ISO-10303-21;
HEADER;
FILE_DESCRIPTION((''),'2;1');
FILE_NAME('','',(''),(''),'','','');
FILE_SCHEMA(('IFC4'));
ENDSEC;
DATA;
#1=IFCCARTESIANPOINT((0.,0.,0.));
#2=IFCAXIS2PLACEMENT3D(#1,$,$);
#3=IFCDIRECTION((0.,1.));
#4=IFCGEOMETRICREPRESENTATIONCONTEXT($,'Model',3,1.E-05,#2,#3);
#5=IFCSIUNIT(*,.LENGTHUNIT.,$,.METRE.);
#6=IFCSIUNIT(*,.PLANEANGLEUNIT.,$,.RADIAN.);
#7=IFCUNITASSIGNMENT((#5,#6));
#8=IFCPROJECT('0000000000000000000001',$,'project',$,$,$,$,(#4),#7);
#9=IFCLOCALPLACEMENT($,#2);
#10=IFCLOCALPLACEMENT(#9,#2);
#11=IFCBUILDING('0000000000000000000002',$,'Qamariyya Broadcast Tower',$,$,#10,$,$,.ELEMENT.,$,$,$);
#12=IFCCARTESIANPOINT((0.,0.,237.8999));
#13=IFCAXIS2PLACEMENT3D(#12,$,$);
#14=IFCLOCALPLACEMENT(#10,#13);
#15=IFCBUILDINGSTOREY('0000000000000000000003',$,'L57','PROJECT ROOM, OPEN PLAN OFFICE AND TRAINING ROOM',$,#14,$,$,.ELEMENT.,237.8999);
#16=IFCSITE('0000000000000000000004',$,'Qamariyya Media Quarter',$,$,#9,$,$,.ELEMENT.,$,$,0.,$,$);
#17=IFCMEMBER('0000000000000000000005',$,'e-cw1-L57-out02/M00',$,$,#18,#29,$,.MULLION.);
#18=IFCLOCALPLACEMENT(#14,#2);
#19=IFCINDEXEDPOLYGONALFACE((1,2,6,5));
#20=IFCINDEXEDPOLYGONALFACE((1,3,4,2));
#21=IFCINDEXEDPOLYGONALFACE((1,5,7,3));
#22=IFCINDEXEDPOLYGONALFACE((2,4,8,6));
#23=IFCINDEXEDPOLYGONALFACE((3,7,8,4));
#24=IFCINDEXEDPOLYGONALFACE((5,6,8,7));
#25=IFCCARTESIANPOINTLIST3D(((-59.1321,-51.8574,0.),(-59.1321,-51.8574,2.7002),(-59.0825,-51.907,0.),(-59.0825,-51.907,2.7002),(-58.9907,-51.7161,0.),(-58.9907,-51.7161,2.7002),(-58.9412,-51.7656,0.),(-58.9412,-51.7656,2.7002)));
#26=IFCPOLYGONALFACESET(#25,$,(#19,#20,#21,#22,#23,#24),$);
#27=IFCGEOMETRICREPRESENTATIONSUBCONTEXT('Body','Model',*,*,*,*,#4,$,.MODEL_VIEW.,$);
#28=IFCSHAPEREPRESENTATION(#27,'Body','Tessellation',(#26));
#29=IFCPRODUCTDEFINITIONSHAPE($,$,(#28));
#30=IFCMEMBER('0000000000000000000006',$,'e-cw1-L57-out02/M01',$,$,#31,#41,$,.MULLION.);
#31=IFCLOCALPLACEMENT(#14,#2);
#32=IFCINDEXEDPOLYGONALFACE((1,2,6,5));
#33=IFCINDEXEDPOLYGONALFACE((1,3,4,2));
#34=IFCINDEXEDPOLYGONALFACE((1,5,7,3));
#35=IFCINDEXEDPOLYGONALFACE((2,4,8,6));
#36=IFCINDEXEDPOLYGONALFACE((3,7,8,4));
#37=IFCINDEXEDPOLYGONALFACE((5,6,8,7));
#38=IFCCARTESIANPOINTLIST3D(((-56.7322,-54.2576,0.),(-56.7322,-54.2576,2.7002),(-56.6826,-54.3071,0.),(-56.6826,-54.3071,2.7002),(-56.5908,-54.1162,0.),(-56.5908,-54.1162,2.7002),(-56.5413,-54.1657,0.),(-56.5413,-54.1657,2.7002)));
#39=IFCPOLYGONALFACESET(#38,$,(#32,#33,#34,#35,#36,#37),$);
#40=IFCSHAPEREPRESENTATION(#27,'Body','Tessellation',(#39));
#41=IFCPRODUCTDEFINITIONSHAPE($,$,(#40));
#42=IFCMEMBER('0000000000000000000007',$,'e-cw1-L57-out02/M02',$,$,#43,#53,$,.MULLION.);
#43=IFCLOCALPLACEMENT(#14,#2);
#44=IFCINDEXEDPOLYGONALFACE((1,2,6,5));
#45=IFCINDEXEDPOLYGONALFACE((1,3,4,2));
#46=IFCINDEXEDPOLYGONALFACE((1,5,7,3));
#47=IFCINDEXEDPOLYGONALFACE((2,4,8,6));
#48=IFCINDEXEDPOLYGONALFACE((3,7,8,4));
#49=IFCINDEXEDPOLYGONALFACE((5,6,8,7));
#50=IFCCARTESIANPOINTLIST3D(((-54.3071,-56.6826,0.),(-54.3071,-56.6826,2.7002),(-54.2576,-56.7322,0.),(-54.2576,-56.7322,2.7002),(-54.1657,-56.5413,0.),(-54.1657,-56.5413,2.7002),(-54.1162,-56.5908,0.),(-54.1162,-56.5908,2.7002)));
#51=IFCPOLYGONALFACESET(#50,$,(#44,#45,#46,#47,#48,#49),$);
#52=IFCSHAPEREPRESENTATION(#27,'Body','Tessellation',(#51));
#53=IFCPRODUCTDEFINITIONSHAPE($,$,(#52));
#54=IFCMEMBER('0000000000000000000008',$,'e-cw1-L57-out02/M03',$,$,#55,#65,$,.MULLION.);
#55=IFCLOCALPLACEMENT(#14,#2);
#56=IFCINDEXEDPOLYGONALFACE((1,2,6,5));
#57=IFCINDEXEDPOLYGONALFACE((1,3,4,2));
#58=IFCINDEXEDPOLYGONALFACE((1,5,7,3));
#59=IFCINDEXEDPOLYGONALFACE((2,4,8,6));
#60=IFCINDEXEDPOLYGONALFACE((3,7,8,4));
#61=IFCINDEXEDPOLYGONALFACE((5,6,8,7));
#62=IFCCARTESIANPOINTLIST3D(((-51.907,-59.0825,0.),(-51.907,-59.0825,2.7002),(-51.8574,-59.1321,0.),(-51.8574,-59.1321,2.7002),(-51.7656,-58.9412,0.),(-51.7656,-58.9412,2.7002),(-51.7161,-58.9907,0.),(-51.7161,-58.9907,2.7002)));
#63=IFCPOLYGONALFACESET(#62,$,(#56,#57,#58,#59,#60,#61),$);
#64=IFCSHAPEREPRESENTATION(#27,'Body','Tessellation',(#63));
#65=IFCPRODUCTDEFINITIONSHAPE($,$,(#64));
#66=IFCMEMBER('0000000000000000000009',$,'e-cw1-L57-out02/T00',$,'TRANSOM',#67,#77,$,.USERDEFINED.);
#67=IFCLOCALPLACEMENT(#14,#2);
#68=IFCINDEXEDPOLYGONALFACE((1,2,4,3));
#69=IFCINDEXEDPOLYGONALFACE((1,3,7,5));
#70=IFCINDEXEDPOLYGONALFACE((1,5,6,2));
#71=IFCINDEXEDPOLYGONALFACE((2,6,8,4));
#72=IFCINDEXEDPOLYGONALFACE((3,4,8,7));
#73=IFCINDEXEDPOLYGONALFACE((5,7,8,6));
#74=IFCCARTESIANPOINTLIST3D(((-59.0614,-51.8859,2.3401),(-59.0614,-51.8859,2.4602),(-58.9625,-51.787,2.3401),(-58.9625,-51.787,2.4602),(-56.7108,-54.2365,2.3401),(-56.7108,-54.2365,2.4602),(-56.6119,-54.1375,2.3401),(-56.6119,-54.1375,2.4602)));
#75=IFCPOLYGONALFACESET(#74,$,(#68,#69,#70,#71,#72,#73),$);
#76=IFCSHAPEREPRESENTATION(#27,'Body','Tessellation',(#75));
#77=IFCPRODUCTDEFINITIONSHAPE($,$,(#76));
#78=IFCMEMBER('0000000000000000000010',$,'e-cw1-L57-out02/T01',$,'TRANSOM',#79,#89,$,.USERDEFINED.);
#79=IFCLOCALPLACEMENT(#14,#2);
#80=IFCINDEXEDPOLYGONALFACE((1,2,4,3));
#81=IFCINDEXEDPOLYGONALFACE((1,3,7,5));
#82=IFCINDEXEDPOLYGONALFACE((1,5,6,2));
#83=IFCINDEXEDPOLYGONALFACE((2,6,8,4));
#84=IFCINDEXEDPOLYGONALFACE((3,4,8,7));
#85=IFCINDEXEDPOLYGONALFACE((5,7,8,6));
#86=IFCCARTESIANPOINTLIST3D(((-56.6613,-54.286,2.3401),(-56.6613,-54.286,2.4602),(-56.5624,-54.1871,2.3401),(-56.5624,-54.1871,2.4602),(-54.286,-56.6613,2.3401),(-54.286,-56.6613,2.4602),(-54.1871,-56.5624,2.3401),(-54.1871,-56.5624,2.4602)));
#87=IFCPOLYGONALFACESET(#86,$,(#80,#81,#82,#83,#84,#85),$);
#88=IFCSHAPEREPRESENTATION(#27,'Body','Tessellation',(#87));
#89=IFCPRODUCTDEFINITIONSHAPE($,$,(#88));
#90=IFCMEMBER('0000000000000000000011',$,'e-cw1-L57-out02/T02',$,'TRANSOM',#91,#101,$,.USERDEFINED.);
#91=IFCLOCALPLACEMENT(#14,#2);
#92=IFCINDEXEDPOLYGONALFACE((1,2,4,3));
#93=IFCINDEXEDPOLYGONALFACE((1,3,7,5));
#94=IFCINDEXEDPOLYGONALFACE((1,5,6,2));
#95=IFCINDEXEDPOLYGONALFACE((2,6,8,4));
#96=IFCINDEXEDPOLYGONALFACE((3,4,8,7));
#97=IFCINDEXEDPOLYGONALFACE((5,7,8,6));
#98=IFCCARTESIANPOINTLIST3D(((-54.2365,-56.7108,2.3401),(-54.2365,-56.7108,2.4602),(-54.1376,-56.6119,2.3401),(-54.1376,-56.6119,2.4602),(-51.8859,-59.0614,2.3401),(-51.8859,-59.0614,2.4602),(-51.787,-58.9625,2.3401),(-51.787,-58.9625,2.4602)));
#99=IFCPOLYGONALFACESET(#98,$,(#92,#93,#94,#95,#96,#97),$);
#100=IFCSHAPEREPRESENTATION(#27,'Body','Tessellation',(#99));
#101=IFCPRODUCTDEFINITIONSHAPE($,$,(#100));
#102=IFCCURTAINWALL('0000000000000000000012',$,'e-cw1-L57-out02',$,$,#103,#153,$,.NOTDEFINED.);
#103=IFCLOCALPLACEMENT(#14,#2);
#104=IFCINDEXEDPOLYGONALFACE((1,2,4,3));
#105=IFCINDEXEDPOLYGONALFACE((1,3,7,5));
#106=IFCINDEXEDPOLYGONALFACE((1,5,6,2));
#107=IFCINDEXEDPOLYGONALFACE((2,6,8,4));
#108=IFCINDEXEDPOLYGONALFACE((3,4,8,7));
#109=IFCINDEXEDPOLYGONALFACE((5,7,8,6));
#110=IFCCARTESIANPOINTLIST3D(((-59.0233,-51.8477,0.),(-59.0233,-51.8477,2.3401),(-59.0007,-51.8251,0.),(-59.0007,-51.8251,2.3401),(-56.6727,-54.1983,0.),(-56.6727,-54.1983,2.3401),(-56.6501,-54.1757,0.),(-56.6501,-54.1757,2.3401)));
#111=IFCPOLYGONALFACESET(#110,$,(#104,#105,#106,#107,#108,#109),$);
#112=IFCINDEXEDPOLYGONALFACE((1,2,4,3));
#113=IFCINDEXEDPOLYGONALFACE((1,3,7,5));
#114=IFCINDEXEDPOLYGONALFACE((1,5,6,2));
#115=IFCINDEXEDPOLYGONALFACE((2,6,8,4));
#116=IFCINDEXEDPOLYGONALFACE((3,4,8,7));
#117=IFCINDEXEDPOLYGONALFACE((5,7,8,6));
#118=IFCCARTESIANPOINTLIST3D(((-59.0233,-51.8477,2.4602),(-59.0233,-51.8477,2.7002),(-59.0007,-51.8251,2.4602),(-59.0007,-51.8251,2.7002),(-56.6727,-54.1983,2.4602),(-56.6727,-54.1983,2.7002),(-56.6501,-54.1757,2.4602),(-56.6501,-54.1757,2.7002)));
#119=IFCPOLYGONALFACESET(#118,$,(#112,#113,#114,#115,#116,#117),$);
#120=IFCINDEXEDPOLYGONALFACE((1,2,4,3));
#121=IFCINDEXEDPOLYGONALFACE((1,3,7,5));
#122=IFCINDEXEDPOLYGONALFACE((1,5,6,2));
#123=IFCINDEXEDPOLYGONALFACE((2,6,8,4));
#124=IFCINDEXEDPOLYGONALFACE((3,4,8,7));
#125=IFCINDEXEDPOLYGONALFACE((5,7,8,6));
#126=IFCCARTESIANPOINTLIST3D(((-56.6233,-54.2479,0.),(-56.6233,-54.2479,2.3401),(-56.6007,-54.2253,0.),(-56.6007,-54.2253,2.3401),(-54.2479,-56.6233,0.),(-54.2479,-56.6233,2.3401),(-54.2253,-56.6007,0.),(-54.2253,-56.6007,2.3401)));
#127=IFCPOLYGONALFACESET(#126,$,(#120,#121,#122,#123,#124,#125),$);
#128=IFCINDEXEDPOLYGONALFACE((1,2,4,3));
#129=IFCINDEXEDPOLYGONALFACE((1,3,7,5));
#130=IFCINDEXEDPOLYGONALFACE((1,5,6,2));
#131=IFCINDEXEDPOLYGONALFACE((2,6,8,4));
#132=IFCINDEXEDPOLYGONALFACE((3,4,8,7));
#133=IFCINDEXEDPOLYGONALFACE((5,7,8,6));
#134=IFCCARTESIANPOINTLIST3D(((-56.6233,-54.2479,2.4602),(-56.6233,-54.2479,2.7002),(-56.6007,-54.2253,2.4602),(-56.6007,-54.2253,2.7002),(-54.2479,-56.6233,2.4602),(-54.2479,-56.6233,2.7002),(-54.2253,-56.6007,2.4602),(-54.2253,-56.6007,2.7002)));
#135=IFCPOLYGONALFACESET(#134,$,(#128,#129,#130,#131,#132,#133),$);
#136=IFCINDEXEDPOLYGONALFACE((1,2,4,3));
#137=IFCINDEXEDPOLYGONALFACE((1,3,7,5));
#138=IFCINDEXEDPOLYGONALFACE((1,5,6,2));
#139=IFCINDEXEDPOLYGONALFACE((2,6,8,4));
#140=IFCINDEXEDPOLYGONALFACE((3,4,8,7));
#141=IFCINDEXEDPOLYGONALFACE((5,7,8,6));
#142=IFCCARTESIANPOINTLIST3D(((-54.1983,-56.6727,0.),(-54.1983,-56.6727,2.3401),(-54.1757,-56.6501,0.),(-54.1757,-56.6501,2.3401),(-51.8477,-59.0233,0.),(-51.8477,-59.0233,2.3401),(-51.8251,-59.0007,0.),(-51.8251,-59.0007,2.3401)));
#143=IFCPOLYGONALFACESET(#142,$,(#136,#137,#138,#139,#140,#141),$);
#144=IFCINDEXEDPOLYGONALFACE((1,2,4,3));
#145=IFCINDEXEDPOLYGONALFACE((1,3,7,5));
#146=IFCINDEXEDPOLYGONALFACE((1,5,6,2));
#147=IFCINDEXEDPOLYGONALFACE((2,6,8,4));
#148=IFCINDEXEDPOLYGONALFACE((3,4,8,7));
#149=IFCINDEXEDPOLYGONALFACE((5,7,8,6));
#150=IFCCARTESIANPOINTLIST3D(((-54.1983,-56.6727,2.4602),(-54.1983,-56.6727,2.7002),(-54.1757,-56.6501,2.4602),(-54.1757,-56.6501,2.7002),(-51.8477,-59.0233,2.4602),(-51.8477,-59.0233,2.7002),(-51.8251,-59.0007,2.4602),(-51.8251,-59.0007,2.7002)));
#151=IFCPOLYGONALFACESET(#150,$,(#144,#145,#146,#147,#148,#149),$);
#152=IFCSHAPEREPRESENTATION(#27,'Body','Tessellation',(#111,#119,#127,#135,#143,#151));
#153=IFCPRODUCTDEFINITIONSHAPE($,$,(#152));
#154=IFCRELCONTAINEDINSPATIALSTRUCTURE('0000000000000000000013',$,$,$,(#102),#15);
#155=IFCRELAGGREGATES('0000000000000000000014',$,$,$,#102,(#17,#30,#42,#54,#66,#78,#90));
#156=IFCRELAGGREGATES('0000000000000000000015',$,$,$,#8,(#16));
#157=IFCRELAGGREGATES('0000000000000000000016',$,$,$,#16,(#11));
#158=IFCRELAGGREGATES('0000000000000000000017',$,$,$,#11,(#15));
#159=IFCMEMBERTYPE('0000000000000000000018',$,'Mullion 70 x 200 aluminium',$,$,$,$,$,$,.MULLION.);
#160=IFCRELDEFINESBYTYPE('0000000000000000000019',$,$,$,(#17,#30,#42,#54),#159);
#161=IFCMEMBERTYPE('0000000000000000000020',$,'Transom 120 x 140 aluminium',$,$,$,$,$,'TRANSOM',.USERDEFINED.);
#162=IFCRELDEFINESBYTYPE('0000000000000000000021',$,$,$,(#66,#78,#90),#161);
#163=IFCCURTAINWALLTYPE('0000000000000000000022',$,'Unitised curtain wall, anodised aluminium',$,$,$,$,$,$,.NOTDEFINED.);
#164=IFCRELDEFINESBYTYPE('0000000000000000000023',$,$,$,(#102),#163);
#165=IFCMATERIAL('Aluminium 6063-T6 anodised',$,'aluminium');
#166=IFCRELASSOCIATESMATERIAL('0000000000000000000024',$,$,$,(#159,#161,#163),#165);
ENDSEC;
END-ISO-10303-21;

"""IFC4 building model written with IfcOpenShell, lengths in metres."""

from ifc_helpers import new_model, si_unit, direction, frame, origin, origin_2d, place, context, subcontext, project, spatial, rectangle, extrude, material, material_profile, profile_set, type_object, element, aggregate, save


model = new_model("IFC4")

# Units and contexts
model_context = context("Model", 3, precision=1e-05, world=origin(), true_north=direction((0.0, 1.0)))
body_context = subcontext(model_context, "Body", "Model", "MODEL_VIEW")
ifc_project = project(units=[si_unit("LENGTHUNIT", "METRE"), si_unit("PLANEANGLEUNIT", "RADIAN")], contexts=[model_context])

# Members
ifc_material = material(Name="Aluminium 6063-T6 anodised", Category="aluminium")
ifc_material_profile_1 = material_profile(ifc_material, rectangle(XDim=0.2, YDim=0.0701, at=origin_2d()))
ifc_profile_set_1 = profile_set([ifc_material_profile_1], Name="Aluminium 6063-T6 anodised")
member_type_1 = type_object("IfcMemberType", Name="Mullion 70 x 200 aluminium", PredefinedType="MULLION", material=ifc_profile_set_1)
site_placement = place(None, origin())
building_placement = place(site_placement, origin())
storey_placement = place(building_placement, frame((0.0, 0.0, 237.8999)))
member_1_placement = place(storey_placement, frame((-59.0366, -51.8115, 0.0), z_axis=(0.0, 0.0, 1.0), x_axis=(0.707107, 0.707107, 0.0)))
member_1 = element("IfcMember", 1, at=member_1_placement, type_object=member_type_1, Name="e-cw1-L57-out02/M00", PredefinedType="MULLION", context=body_context, shape_type="SweptSolid", body=[
    extrude(rectangle(XDim=0.2, YDim=0.0701, at=origin_2d()), origin(), (0.0, 0.0, 1.0), 2.7002),
])
member_2_placement = place(storey_placement, frame((-56.6367, -54.2117, 0.0), z_axis=(0.0, 0.0, 1.0), x_axis=(0.707107, 0.707107, 0.0)))
member_2 = element("IfcMember", 2, at=member_2_placement, type_object=member_type_1, Name="e-cw1-L57-out02/M01", PredefinedType="MULLION", context=body_context, shape_type="SweptSolid", body=[
    extrude(rectangle(XDim=0.2, YDim=0.0701, at=origin_2d()), origin(), (0.0, 0.0, 1.0), 2.7002),
])
member_3_placement = place(storey_placement, frame((-54.2117, -56.6367, 0.0), z_axis=(0.0, 0.0, 1.0), x_axis=(0.707107, 0.707107, 0.0)))
member_3 = element("IfcMember", 3, at=member_3_placement, type_object=member_type_1, Name="e-cw1-L57-out02/M02", PredefinedType="MULLION", context=body_context, shape_type="SweptSolid", body=[
    extrude(rectangle(XDim=0.2, YDim=0.0701, at=origin_2d()), origin(), (0.0, 0.0, 1.0), 2.7002),
])
member_4_placement = place(storey_placement, frame((-51.8115, -59.0366, 0.0), z_axis=(0.0, 0.0, 1.0), x_axis=(0.707107, 0.707107, 0.0)))
member_4 = element("IfcMember", 4, at=member_4_placement, type_object=member_type_1, Name="e-cw1-L57-out02/M03", PredefinedType="MULLION", context=body_context, shape_type="SweptSolid", body=[
    extrude(rectangle(XDim=0.2, YDim=0.0701, at=origin_2d()), origin(), (0.0, 0.0, 1.0), 2.7002),
])
ifc_material_profile_2 = material_profile(ifc_material, rectangle(XDim=0.1399, YDim=0.1201, at=origin_2d()))
ifc_profile_set_2 = profile_set([ifc_material_profile_2], Name="Aluminium 6063-T6 anodised")
member_type_2 = type_object("IfcMemberType", Name="Transom 120 x 140 aluminium", ElementType="TRANSOM", PredefinedType="USERDEFINED", material=ifc_profile_set_2)
member_5_placement = place(storey_placement, frame((-59.012, -51.8364, 2.4001), z_axis=(0.707107, -0.707107, 0.0), x_axis=(0.707107, 0.707107, 0.0)))
member_5 = element("IfcMember", 5, at=member_5_placement, type_object=member_type_2, Name="e-cw1-L57-out02/T00", ObjectType="TRANSOM", PredefinedType="USERDEFINED", context=body_context, shape_type="SweptSolid", body=[
    extrude(rectangle(XDim=0.1399, YDim=0.1201, at=origin_2d()), origin(), (0.0, 0.0, 1.0), 3.3242),
])
member_6_placement = place(storey_placement, frame((-56.6118, -54.2366, 2.4001), z_axis=(0.707107, -0.707107, 0.0), x_axis=(0.707107, 0.707107, 0.0)))
member_6 = element("IfcMember", 6, at=member_6_placement, type_object=member_type_2, Name="e-cw1-L57-out02/T01", ObjectType="TRANSOM", PredefinedType="USERDEFINED", context=body_context, shape_type="SweptSolid", body=[
    extrude(rectangle(XDim=0.1399, YDim=0.1201, at=origin_2d()), origin(), (0.0, 0.0, 1.0), 3.3591),
])
member_7_placement = place(storey_placement, frame((-54.187, -56.6614, 2.4001), z_axis=(0.707107, -0.707107, 0.0), x_axis=(0.707107, 0.707107, 0.0)))
member_7 = element("IfcMember", 7, at=member_7_placement, type_object=member_type_2, Name="e-cw1-L57-out02/T02", ObjectType="TRANSOM", PredefinedType="USERDEFINED", context=body_context, shape_type="SweptSolid", body=[
    extrude(rectangle(XDim=0.1399, YDim=0.1201, at=origin_2d()), origin(), (0.0, 0.0, 1.0), 3.3242),
])

# Site, building, storey
site = spatial("IfcSite", under=ifc_project, at=site_placement, Name="Qamariyya Media Quarter", CompositionType="ELEMENT", RefElevation=0.0)
building = spatial("IfcBuilding", under=site, at=building_placement, Name="Qamariyya Broadcast Tower", CompositionType="ELEMENT")
storey = spatial("IfcBuildingStorey", under=building, at=storey_placement, Name="L57", Description="PROJECT ROOM, OPEN PLAN OFFICE AND TRAINING ROOM", CompositionType="ELEMENT", Elevation=237.8999)

# Curtain wall
curtain_wall_type = type_object("IfcCurtainWallType", Name="Unitised curtain wall, anodised aluminium", PredefinedType="NOTDEFINED", material=ifc_material)
curtain_wall_1_placement = place(storey_placement, origin())
curtain_wall_1 = element("IfcCurtainWall", 8, at=curtain_wall_1_placement, inside=storey, type_object=curtain_wall_type, Name="e-cw1-L57-out02", PredefinedType="NOTDEFINED", context=body_context, shape_type="SweptSolid", body=[
    extrude(rectangle(XDim=3.3242, YDim=0.032, at=origin_2d()), frame((-57.8367, -53.0117, 0.0), x_axis=(0.707107, -0.707107, 0.0)), (0.0, 0.0, 1.0), 2.3401),
    extrude(rectangle(XDim=3.3242, YDim=0.032, at=origin_2d()), frame((-57.8367, -53.0117, 2.4602), x_axis=(0.707107, -0.707107, 0.0)), (0.0, 0.0, 1.0), 0.24),
    extrude(rectangle(XDim=3.3594, YDim=0.032, at=origin_2d()), frame((-55.4243, -55.4243, 0.0), x_axis=(0.707107, -0.707107, 0.0)), (0.0, 0.0, 1.0), 2.3401),
    extrude(rectangle(XDim=3.3594, YDim=0.032, at=origin_2d()), frame((-55.4243, -55.4243, 2.4602), x_axis=(0.707107, -0.707107, 0.0)), (0.0, 0.0, 1.0), 0.24),
    extrude(rectangle(XDim=3.3242, YDim=0.032, at=origin_2d()), frame((-53.0117, -57.8367, 0.0), x_axis=(0.707107, -0.707107, 0.0)), (0.0, 0.0, 1.0), 2.3401),
    extrude(rectangle(XDim=3.3242, YDim=0.032, at=origin_2d()), frame((-53.0117, -57.8367, 2.4602), x_axis=(0.707107, -0.707107, 0.0)), (0.0, 0.0, 1.0), 0.24),
])
aggregate(curtain_wall_1, [member_1, member_2, member_3, member_4, member_5, member_6, member_7])

save(model, "model.ifc")
